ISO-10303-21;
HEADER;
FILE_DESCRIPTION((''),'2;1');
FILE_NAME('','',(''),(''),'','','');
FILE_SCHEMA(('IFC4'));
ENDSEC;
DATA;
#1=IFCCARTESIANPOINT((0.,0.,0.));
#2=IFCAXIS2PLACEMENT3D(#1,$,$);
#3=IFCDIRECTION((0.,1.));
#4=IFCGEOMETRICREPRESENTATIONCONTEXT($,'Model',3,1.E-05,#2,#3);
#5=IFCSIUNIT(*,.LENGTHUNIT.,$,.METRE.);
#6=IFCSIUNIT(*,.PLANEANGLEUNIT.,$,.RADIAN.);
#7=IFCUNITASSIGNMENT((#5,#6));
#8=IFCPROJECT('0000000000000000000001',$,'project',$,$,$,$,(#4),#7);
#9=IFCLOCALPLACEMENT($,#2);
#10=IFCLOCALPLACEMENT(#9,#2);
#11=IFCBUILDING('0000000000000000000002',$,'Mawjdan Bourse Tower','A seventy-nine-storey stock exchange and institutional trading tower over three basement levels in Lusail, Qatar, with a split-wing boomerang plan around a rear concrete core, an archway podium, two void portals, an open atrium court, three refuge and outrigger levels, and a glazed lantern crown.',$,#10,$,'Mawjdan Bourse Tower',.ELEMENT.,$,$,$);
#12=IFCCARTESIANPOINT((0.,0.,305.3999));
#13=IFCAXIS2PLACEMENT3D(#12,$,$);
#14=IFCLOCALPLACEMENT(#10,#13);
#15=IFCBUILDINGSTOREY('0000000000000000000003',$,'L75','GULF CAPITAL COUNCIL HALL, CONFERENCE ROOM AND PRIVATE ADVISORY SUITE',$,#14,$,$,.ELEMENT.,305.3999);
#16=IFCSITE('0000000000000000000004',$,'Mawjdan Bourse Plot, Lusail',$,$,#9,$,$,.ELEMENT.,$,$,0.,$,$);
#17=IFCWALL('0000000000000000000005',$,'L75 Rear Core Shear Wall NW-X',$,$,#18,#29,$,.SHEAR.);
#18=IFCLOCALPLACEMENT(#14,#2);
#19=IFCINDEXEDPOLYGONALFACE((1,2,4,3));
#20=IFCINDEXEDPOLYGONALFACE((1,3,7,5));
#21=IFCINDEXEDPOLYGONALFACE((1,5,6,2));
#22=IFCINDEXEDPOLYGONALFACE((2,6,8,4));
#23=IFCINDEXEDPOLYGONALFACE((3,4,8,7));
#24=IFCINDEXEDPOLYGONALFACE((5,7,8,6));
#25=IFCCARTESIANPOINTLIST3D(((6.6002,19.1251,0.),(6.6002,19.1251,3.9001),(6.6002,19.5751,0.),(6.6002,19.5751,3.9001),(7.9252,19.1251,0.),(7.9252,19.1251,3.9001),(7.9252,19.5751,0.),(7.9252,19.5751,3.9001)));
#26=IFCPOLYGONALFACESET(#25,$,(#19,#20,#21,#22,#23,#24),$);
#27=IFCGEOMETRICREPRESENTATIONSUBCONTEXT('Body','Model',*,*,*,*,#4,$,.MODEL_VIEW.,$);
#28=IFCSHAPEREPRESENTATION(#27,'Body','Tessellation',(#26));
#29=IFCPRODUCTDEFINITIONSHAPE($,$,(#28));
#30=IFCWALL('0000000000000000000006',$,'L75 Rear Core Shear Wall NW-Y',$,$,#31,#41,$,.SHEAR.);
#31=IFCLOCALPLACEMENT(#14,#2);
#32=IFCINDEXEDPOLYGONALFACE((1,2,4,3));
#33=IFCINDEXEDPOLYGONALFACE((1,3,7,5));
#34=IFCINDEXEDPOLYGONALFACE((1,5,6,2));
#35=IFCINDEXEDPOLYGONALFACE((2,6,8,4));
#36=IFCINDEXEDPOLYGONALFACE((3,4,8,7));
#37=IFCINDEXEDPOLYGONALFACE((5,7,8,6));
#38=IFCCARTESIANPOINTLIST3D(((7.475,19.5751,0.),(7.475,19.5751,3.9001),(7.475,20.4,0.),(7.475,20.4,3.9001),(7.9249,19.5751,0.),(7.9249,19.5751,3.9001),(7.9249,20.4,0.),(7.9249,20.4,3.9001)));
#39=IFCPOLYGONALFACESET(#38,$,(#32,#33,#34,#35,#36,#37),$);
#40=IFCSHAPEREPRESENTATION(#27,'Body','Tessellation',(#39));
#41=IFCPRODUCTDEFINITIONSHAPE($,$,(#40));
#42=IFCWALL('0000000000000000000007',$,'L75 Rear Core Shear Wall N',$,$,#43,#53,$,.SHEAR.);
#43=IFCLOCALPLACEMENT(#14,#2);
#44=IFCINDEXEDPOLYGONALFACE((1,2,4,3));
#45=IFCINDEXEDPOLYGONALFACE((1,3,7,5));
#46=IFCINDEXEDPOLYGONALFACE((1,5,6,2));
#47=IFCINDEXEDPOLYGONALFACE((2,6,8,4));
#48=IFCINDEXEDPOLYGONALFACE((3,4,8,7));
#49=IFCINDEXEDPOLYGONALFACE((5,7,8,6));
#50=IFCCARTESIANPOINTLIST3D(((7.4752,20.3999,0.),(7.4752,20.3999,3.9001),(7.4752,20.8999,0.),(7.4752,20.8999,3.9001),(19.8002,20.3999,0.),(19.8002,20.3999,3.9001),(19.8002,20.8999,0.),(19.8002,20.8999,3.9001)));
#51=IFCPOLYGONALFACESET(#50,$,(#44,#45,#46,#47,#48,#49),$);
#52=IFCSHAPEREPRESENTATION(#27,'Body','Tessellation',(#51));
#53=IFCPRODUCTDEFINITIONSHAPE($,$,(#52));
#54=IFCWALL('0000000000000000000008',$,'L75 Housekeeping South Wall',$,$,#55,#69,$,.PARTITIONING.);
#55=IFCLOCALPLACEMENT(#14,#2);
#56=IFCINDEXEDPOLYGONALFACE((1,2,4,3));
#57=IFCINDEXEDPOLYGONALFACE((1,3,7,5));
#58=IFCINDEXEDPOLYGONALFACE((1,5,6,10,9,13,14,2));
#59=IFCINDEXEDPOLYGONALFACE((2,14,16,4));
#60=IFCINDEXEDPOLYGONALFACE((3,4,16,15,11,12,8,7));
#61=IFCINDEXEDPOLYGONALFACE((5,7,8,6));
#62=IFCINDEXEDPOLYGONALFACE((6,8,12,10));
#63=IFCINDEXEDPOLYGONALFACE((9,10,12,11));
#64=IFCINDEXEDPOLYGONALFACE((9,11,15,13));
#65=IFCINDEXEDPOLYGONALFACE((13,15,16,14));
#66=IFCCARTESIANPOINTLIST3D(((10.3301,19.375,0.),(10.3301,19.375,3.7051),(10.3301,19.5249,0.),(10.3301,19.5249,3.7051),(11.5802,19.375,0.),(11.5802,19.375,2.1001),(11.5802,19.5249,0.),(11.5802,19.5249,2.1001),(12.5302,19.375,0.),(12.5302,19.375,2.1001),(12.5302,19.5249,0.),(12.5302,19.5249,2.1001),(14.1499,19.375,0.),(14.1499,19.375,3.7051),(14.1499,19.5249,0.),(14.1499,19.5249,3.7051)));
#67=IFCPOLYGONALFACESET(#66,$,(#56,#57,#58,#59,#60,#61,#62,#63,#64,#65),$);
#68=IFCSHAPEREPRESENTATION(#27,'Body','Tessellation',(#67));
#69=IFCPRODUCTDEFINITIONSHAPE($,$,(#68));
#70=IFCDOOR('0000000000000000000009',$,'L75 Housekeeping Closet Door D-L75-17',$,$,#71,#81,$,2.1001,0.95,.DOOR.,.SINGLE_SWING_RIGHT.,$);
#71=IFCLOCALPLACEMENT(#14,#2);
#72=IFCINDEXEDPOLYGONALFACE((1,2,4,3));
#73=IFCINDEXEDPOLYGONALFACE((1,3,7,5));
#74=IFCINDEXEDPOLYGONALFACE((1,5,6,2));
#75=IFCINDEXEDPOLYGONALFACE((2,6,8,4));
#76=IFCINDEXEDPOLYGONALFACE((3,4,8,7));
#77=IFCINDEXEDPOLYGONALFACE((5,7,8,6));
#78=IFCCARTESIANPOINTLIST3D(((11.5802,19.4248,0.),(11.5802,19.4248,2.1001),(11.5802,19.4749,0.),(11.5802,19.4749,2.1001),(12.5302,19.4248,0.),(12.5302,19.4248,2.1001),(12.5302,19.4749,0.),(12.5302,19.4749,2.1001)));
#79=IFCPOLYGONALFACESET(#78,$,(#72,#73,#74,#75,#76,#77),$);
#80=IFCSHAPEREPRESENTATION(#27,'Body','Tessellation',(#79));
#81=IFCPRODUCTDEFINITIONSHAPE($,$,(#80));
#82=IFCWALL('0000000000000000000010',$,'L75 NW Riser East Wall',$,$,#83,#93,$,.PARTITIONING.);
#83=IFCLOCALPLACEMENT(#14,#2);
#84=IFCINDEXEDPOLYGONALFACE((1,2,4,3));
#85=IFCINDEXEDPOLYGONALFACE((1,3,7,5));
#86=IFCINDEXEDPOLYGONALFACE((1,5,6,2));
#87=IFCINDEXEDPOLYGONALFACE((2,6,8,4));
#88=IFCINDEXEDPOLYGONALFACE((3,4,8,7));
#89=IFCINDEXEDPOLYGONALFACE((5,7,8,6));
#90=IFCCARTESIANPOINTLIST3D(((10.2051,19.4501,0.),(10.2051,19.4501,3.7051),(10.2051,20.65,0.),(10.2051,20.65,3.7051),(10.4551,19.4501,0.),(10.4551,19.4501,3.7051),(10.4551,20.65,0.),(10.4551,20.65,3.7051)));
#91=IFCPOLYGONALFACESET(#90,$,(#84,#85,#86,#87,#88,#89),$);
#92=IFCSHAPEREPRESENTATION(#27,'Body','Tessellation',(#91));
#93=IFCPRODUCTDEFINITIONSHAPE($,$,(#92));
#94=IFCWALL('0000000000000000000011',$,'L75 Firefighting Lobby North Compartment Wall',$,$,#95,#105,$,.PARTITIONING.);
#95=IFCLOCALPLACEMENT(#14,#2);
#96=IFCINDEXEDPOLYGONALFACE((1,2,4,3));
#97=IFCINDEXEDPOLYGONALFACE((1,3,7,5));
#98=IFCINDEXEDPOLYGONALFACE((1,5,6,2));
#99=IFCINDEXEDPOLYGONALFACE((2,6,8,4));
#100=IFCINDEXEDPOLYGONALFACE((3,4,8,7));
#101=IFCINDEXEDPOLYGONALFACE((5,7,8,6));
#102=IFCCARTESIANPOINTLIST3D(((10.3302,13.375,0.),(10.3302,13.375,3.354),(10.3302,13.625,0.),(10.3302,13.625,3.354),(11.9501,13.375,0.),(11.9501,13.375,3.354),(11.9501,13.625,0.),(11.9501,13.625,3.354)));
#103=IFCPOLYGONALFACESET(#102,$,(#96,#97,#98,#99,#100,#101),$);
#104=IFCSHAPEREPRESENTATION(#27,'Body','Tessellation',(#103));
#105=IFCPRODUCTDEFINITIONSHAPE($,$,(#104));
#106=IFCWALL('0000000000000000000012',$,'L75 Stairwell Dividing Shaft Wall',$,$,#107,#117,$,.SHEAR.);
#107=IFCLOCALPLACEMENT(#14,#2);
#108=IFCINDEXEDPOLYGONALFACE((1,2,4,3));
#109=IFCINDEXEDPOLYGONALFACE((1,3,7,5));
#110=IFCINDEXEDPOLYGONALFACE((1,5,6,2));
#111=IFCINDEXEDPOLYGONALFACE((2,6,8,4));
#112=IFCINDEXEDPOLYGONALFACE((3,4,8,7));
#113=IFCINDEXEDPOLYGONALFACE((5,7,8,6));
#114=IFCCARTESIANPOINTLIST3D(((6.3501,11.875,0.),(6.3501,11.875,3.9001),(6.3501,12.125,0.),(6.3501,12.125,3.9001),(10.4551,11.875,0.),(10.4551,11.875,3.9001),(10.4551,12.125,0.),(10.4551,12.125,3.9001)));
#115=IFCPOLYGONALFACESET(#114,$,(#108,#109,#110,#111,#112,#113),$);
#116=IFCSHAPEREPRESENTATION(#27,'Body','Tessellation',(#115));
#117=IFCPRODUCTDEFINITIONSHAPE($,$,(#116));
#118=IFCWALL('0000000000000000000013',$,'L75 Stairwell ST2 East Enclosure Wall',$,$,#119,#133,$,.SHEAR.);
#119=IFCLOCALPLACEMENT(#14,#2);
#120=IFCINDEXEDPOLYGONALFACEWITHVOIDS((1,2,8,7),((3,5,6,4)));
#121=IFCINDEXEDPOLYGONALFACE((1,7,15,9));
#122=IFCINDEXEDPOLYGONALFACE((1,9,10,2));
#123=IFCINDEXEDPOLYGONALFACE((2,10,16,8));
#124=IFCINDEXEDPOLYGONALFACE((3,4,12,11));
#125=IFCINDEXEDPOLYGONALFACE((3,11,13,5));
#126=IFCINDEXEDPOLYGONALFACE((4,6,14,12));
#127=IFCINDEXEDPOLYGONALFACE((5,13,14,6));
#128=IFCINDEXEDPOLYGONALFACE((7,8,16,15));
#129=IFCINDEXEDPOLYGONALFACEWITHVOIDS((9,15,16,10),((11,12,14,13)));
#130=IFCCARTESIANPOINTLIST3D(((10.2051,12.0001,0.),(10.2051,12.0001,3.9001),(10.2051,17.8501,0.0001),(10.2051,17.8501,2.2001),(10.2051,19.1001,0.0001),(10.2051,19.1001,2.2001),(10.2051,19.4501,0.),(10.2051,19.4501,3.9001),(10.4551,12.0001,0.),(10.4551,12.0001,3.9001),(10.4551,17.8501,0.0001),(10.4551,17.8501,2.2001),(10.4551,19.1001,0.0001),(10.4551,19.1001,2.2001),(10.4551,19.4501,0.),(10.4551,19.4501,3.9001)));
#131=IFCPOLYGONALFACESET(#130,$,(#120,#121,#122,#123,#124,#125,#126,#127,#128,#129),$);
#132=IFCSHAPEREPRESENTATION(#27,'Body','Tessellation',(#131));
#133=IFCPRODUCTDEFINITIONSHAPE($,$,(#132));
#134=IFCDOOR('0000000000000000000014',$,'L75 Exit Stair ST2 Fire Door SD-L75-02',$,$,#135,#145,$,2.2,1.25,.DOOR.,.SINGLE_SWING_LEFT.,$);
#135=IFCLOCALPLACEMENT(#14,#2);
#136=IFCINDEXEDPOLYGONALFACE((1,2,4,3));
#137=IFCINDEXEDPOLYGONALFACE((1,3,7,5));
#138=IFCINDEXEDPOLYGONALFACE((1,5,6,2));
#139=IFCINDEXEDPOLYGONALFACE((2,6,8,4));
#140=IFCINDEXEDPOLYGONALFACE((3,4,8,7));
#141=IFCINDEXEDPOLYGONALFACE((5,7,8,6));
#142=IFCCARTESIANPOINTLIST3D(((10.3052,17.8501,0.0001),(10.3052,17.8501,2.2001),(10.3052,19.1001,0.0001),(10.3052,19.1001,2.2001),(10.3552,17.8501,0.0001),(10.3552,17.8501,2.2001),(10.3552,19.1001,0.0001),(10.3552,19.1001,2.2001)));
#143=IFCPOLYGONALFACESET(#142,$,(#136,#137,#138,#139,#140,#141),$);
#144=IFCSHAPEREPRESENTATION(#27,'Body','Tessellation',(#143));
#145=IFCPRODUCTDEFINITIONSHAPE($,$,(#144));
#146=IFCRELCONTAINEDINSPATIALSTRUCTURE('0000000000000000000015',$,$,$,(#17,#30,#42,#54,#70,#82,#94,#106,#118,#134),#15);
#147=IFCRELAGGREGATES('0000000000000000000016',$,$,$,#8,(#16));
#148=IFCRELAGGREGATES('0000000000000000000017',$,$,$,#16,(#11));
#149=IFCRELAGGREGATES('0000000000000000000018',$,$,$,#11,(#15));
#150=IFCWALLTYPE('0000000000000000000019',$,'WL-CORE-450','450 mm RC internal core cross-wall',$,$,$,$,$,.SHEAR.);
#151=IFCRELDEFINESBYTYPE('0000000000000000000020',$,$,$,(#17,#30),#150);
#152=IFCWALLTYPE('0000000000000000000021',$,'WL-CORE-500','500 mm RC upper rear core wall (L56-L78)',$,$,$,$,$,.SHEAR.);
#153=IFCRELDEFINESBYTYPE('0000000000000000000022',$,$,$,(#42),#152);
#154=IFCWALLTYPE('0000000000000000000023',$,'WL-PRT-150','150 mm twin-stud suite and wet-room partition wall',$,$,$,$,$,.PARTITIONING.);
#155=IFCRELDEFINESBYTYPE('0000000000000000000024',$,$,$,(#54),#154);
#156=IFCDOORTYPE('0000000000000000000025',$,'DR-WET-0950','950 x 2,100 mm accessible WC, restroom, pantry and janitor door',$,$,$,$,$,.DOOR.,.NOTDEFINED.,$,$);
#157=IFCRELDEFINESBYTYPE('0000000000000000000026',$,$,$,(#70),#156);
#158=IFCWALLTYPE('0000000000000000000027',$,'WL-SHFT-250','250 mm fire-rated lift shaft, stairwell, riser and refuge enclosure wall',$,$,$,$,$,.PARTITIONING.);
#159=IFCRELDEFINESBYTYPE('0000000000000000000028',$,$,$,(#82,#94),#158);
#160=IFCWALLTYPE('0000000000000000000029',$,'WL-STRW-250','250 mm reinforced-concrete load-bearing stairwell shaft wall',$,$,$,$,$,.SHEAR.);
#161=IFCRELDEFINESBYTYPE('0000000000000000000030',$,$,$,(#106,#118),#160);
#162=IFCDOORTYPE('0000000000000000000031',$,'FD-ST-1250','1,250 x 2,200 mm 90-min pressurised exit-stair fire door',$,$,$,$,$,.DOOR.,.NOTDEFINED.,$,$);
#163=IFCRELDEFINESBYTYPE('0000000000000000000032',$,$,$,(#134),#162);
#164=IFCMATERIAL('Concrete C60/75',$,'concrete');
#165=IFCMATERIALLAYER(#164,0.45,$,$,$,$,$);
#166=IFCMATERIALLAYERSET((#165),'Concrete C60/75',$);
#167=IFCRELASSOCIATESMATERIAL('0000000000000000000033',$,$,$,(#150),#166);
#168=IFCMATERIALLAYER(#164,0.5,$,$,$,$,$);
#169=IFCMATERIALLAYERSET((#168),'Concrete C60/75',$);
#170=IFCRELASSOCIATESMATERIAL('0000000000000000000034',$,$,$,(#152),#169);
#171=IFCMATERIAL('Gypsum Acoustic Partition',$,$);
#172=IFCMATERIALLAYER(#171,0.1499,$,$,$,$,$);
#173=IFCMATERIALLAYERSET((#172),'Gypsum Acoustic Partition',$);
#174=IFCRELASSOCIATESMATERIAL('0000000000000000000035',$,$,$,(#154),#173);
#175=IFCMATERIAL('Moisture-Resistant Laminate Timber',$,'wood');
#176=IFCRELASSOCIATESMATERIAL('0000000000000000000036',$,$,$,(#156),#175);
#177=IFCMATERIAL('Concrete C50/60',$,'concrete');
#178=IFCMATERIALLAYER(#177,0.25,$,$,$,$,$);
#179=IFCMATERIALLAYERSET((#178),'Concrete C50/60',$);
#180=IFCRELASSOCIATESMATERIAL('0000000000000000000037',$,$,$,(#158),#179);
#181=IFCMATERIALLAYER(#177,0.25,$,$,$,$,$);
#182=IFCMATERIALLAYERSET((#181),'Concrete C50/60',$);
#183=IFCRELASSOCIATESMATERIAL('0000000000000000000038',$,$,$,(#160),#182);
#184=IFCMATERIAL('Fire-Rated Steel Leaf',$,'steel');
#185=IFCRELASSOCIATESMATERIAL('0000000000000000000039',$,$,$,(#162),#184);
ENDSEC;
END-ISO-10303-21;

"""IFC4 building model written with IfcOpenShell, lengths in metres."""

from ifc_helpers import new_model, si_unit, direction, frame, frame_2d, origin, place, context, subcontext, project, spatial, rectangle, extrude, material, layer, layer_set, type_object, element, fill, save


model = new_model("IFC4")

# Units and contexts
model_context = context("Model", 3, precision=1e-05, world=origin(), true_north=direction((0.0, 1.0)))
body_context = subcontext(model_context, "Body", "Model", "MODEL_VIEW")
ifc_project = project(units=[si_unit("LENGTHUNIT", "METRE"), si_unit("PLANEANGLEUNIT", "RADIAN")], contexts=[model_context])

# Site, building, storey
site_placement = place(None, origin())
site = spatial("IfcSite", under=ifc_project, at=site_placement, Name="Mawjdan Bourse Plot, Lusail", CompositionType="ELEMENT", RefElevation=0.0)
building_placement = place(site_placement, origin())
building = spatial("IfcBuilding", under=site, at=building_placement, Name="Mawjdan Bourse Tower", Description="A seventy-nine-storey stock exchange and institutional trading tower over three basement levels in Lusail, Qatar, with a split-wing boomerang plan around a rear concrete core, an archway podium, two void portals, an open atrium court, three refuge and outrigger levels, and a glazed lantern crown.", LongName="Mawjdan Bourse Tower", CompositionType="ELEMENT")
storey_placement = place(building_placement, frame((0.0, 0.0, 305.3999)))
storey = spatial("IfcBuildingStorey", under=building, at=storey_placement, Name="L75", Description="GULF CAPITAL COUNCIL HALL, CONFERENCE ROOM AND PRIVATE ADVISORY SUITE", CompositionType="ELEMENT", Elevation=305.3999)

# Walls
ifc_material_1 = material(Name="Concrete C60/75", Category="concrete")
ifc_layer_1 = layer(ifc_material_1, 0.45)
ifc_layer_set_1 = layer_set([ifc_layer_1], Name="Concrete C60/75")
wall_type_1 = type_object("IfcWallType", Name="WL-CORE-450", Description="450 mm RC internal core cross-wall", PredefinedType="SHEAR", material=ifc_layer_set_1)
wall_1_placement = place(storey_placement, frame((6.6001, 19.3501, 0.0), z_axis=(0.0, 0.0, 1.0), x_axis=(1.0, 0.0, 0.0)))
element("IfcWall", 1, at=wall_1_placement, inside=storey, type_object=wall_type_1, Name="L75 Rear Core Shear Wall NW-X", PredefinedType="SHEAR", context=body_context, shape_type="SweptSolid", body=[
    extrude(rectangle(XDim=1.325, YDim=0.45, at=frame_2d((0.6626, 0.0))), origin(), (0.0, 0.0, 1.0), 3.9001),
])
wall_2_placement = place(storey_placement, frame((7.7, 19.575, 0.0), z_axis=(0.0, 0.0, 1.0), x_axis=(0.0, 1.0, 0.0)))
element("IfcWall", 2, at=wall_2_placement, inside=storey, type_object=wall_type_1, Name="L75 Rear Core Shear Wall NW-Y", PredefinedType="SHEAR", context=body_context, shape_type="SweptSolid", body=[
    extrude(rectangle(XDim=0.825, YDim=0.45, at=frame_2d((0.4126, 0.0))), origin(), (0.0, 0.0, 1.0), 3.9001),
])
ifc_layer_2 = layer(ifc_material_1, 0.5)
ifc_layer_set_2 = layer_set([ifc_layer_2], Name="Concrete C60/75")
wall_type_2 = type_object("IfcWallType", Name="WL-CORE-500", Description="500 mm RC upper rear core wall (L56-L78)", PredefinedType="SHEAR", material=ifc_layer_set_2)
wall_3_placement = place(storey_placement, frame((7.4751, 20.6499, 0.0), z_axis=(0.0, 0.0, 1.0), x_axis=(1.0, 0.0, 0.0)))
element("IfcWall", 3, at=wall_3_placement, inside=storey, type_object=wall_type_2, Name="L75 Rear Core Shear Wall N", PredefinedType="SHEAR", context=body_context, shape_type="SweptSolid", body=[
    extrude(rectangle(XDim=12.325, YDim=0.5, at=frame_2d((6.1626, 0.0))), origin(), (0.0, 0.0, 1.0), 3.9001),
])

# Wall, opening, door
ifc_material_2 = material(Name="Gypsum Acoustic Partition")
ifc_layer_3 = layer(ifc_material_2, 0.1499)
ifc_layer_set_3 = layer_set([ifc_layer_3], Name="Gypsum Acoustic Partition")
wall_type_3 = type_object("IfcWallType", Name="WL-PRT-150", Description="150 mm twin-stud suite and wet-room partition wall", PredefinedType="PARTITIONING", material=ifc_layer_set_3)
wall_4_placement = place(storey_placement, frame((10.3301, 19.45, 0.0), z_axis=(0.0, 0.0, 1.0), x_axis=(1.0, 0.0, 0.0)))
wall_4 = element("IfcWall", 4, at=wall_4_placement, inside=storey, type_object=wall_type_3, Name="L75 Housekeeping South Wall", PredefinedType="PARTITIONING", context=body_context, shape_type="SweptSolid", body=[
    extrude(rectangle(XDim=3.8198, YDim=0.1499, at=frame_2d((1.9099, 0.0))), origin(), (0.0, 0.0, 1.0), 3.7051),
])
opening_1_placement = place(wall_4_placement, frame((1.25, 0.0, 0.0)))
opening_1 = element("IfcOpeningElement", 5, at=opening_1_placement, cuts=wall_4, PredefinedType="OPENING", context=body_context, shape_type="SweptSolid", body=[
    extrude(rectangle(XDim=0.95, YDim=2.1001, at=frame_2d((0.4751, 1.05))), frame((0.0, 0.085, 0.0), z_axis=(0.0, -1.0, 0.0), x_axis=(1.0, 0.0, 0.0)), (0.0, 0.0, 1.0), 0.1699),
])
ifc_material_3 = material(Name="Moisture-Resistant Laminate Timber", Category="wood")
door_type_1 = type_object("IfcDoorType", Name="DR-WET-0950", Description="950 x 2,100 mm accessible WC, restroom, pantry and janitor door", OperationType="NOTDEFINED", PredefinedType="DOOR", material=ifc_material_3)
door_1_placement = place(opening_1_placement, origin())
door_1 = element("IfcDoor", 6, at=door_1_placement, inside=storey, type_object=door_type_1, Name="L75 Housekeeping Closet Door D-L75-17", OperationType="SINGLE_SWING_RIGHT", OverallHeight=2.1001, OverallWidth=0.95, PredefinedType="DOOR", context=body_context, shape_type="SweptSolid", body=[
    extrude(rectangle(XDim=0.95, YDim=2.1001, at=frame_2d((0.4751, 1.05))), frame((0.0, 0.0249, 0.0), z_axis=(0.0, -1.0, 0.0), x_axis=(1.0, 0.0, 0.0)), (0.0, 0.0, 1.0), 0.05),
])
fill(opening_1, door_1)

# Walls
ifc_material_4 = material(Name="Concrete C50/60", Category="concrete")
ifc_layer_4 = layer(ifc_material_4, 0.25)
ifc_layer_set_4 = layer_set([ifc_layer_4], Name="Concrete C50/60")
wall_type_4 = type_object("IfcWallType", Name="WL-SHFT-250", Description="250 mm fire-rated lift shaft, stairwell, riser and refuge enclosure wall", PredefinedType="PARTITIONING", material=ifc_layer_set_4)
wall_5_placement = place(storey_placement, frame((10.3301, 19.45, 0.0), z_axis=(0.0, 0.0, 1.0), x_axis=(0.0, 1.0, 0.0)))
element("IfcWall", 7, at=wall_5_placement, inside=storey, type_object=wall_type_4, Name="L75 NW Riser East Wall", PredefinedType="PARTITIONING", context=body_context, shape_type="SweptSolid", body=[
    extrude(rectangle(XDim=1.2, YDim=0.25, at=frame_2d((0.6001, 0.0))), origin(), (0.0, 0.0, 1.0), 3.7051),
])
wall_6_placement = place(storey_placement, frame((10.3301, 13.5, 0.0), z_axis=(0.0, 0.0, 1.0), x_axis=(1.0, 0.0, 0.0)))
element("IfcWall", 8, at=wall_6_placement, inside=storey, type_object=wall_type_4, Name="L75 Firefighting Lobby North Compartment Wall", PredefinedType="PARTITIONING", context=body_context, shape_type="SweptSolid", body=[
    extrude(rectangle(XDim=1.6199, YDim=0.25, at=frame_2d((0.8101, 0.0))), origin(), (0.0, 0.0, 1.0), 3.354),
])
ifc_layer_5 = layer(ifc_material_4, 0.25)
ifc_layer_set_5 = layer_set([ifc_layer_5], Name="Concrete C50/60")
wall_type_5 = type_object("IfcWallType", Name="WL-STRW-250", Description="250 mm reinforced-concrete load-bearing stairwell shaft wall", PredefinedType="SHEAR", material=ifc_layer_set_5)
wall_7_placement = place(storey_placement, frame((6.3501, 12.0, 0.0), z_axis=(0.0, 0.0, 1.0), x_axis=(1.0, 0.0, 0.0)))
element("IfcWall", 9, at=wall_7_placement, inside=storey, type_object=wall_type_5, Name="L75 Stairwell Dividing Shaft Wall", PredefinedType="SHEAR", context=body_context, shape_type="SweptSolid", body=[
    extrude(rectangle(XDim=4.105, YDim=0.25, at=frame_2d((2.0525, 0.0))), origin(), (0.0, 0.0, 1.0), 3.9001),
])

# Wall, opening, door
wall_8_placement = place(storey_placement, frame((10.3301, 12.0, 0.0), z_axis=(0.0, 0.0, 1.0), x_axis=(0.0, 1.0, 0.0)))
wall_8 = element("IfcWall", 10, at=wall_8_placement, inside=storey, type_object=wall_type_5, Name="L75 Stairwell ST2 East Enclosure Wall", PredefinedType="SHEAR", context=body_context, shape_type="SweptSolid", body=[
    extrude(rectangle(XDim=7.45, YDim=0.25, at=frame_2d((3.7251, 0.0))), origin(), (0.0, 0.0, 1.0), 3.9001),
])
opening_2_placement = place(wall_8_placement, frame((5.8501, 0.0, 0.0)))
opening_2 = element("IfcOpeningElement", 11, at=opening_2_placement, cuts=wall_8, PredefinedType="OPENING", context=body_context, shape_type="SweptSolid", body=[
    extrude(rectangle(XDim=1.25, YDim=2.2, at=frame_2d((0.625, 1.1001))), frame((0.0, 0.135, 0.0), z_axis=(0.0, -1.0, 0.0), x_axis=(1.0, 0.0, 0.0)), (0.0, 0.0, 1.0), 0.27),
])
ifc_material_5 = material(Name="Fire-Rated Steel Leaf", Category="steel")
door_type_2 = type_object("IfcDoorType", Name="FD-ST-1250", Description="1,250 x 2,200 mm 90-min pressurised exit-stair fire door", OperationType="NOTDEFINED", PredefinedType="DOOR", material=ifc_material_5)
door_2_placement = place(opening_2_placement, origin())
door_2 = element("IfcDoor", 12, at=door_2_placement, inside=storey, type_object=door_type_2, Name="L75 Exit Stair ST2 Fire Door SD-L75-02", OperationType="SINGLE_SWING_LEFT", OverallHeight=2.2, OverallWidth=1.25, PredefinedType="DOOR", context=body_context, shape_type="SweptSolid", body=[
    extrude(rectangle(XDim=1.25, YDim=2.2, at=frame_2d((0.625, 1.1001))), frame((0.0, 0.0249, 0.0), z_axis=(0.0, -1.0, 0.0), x_axis=(1.0, 0.0, 0.0)), (0.0, 0.0, 1.0), 0.05),
])
fill(opening_2, door_2)

save(model, "model.ifc")
